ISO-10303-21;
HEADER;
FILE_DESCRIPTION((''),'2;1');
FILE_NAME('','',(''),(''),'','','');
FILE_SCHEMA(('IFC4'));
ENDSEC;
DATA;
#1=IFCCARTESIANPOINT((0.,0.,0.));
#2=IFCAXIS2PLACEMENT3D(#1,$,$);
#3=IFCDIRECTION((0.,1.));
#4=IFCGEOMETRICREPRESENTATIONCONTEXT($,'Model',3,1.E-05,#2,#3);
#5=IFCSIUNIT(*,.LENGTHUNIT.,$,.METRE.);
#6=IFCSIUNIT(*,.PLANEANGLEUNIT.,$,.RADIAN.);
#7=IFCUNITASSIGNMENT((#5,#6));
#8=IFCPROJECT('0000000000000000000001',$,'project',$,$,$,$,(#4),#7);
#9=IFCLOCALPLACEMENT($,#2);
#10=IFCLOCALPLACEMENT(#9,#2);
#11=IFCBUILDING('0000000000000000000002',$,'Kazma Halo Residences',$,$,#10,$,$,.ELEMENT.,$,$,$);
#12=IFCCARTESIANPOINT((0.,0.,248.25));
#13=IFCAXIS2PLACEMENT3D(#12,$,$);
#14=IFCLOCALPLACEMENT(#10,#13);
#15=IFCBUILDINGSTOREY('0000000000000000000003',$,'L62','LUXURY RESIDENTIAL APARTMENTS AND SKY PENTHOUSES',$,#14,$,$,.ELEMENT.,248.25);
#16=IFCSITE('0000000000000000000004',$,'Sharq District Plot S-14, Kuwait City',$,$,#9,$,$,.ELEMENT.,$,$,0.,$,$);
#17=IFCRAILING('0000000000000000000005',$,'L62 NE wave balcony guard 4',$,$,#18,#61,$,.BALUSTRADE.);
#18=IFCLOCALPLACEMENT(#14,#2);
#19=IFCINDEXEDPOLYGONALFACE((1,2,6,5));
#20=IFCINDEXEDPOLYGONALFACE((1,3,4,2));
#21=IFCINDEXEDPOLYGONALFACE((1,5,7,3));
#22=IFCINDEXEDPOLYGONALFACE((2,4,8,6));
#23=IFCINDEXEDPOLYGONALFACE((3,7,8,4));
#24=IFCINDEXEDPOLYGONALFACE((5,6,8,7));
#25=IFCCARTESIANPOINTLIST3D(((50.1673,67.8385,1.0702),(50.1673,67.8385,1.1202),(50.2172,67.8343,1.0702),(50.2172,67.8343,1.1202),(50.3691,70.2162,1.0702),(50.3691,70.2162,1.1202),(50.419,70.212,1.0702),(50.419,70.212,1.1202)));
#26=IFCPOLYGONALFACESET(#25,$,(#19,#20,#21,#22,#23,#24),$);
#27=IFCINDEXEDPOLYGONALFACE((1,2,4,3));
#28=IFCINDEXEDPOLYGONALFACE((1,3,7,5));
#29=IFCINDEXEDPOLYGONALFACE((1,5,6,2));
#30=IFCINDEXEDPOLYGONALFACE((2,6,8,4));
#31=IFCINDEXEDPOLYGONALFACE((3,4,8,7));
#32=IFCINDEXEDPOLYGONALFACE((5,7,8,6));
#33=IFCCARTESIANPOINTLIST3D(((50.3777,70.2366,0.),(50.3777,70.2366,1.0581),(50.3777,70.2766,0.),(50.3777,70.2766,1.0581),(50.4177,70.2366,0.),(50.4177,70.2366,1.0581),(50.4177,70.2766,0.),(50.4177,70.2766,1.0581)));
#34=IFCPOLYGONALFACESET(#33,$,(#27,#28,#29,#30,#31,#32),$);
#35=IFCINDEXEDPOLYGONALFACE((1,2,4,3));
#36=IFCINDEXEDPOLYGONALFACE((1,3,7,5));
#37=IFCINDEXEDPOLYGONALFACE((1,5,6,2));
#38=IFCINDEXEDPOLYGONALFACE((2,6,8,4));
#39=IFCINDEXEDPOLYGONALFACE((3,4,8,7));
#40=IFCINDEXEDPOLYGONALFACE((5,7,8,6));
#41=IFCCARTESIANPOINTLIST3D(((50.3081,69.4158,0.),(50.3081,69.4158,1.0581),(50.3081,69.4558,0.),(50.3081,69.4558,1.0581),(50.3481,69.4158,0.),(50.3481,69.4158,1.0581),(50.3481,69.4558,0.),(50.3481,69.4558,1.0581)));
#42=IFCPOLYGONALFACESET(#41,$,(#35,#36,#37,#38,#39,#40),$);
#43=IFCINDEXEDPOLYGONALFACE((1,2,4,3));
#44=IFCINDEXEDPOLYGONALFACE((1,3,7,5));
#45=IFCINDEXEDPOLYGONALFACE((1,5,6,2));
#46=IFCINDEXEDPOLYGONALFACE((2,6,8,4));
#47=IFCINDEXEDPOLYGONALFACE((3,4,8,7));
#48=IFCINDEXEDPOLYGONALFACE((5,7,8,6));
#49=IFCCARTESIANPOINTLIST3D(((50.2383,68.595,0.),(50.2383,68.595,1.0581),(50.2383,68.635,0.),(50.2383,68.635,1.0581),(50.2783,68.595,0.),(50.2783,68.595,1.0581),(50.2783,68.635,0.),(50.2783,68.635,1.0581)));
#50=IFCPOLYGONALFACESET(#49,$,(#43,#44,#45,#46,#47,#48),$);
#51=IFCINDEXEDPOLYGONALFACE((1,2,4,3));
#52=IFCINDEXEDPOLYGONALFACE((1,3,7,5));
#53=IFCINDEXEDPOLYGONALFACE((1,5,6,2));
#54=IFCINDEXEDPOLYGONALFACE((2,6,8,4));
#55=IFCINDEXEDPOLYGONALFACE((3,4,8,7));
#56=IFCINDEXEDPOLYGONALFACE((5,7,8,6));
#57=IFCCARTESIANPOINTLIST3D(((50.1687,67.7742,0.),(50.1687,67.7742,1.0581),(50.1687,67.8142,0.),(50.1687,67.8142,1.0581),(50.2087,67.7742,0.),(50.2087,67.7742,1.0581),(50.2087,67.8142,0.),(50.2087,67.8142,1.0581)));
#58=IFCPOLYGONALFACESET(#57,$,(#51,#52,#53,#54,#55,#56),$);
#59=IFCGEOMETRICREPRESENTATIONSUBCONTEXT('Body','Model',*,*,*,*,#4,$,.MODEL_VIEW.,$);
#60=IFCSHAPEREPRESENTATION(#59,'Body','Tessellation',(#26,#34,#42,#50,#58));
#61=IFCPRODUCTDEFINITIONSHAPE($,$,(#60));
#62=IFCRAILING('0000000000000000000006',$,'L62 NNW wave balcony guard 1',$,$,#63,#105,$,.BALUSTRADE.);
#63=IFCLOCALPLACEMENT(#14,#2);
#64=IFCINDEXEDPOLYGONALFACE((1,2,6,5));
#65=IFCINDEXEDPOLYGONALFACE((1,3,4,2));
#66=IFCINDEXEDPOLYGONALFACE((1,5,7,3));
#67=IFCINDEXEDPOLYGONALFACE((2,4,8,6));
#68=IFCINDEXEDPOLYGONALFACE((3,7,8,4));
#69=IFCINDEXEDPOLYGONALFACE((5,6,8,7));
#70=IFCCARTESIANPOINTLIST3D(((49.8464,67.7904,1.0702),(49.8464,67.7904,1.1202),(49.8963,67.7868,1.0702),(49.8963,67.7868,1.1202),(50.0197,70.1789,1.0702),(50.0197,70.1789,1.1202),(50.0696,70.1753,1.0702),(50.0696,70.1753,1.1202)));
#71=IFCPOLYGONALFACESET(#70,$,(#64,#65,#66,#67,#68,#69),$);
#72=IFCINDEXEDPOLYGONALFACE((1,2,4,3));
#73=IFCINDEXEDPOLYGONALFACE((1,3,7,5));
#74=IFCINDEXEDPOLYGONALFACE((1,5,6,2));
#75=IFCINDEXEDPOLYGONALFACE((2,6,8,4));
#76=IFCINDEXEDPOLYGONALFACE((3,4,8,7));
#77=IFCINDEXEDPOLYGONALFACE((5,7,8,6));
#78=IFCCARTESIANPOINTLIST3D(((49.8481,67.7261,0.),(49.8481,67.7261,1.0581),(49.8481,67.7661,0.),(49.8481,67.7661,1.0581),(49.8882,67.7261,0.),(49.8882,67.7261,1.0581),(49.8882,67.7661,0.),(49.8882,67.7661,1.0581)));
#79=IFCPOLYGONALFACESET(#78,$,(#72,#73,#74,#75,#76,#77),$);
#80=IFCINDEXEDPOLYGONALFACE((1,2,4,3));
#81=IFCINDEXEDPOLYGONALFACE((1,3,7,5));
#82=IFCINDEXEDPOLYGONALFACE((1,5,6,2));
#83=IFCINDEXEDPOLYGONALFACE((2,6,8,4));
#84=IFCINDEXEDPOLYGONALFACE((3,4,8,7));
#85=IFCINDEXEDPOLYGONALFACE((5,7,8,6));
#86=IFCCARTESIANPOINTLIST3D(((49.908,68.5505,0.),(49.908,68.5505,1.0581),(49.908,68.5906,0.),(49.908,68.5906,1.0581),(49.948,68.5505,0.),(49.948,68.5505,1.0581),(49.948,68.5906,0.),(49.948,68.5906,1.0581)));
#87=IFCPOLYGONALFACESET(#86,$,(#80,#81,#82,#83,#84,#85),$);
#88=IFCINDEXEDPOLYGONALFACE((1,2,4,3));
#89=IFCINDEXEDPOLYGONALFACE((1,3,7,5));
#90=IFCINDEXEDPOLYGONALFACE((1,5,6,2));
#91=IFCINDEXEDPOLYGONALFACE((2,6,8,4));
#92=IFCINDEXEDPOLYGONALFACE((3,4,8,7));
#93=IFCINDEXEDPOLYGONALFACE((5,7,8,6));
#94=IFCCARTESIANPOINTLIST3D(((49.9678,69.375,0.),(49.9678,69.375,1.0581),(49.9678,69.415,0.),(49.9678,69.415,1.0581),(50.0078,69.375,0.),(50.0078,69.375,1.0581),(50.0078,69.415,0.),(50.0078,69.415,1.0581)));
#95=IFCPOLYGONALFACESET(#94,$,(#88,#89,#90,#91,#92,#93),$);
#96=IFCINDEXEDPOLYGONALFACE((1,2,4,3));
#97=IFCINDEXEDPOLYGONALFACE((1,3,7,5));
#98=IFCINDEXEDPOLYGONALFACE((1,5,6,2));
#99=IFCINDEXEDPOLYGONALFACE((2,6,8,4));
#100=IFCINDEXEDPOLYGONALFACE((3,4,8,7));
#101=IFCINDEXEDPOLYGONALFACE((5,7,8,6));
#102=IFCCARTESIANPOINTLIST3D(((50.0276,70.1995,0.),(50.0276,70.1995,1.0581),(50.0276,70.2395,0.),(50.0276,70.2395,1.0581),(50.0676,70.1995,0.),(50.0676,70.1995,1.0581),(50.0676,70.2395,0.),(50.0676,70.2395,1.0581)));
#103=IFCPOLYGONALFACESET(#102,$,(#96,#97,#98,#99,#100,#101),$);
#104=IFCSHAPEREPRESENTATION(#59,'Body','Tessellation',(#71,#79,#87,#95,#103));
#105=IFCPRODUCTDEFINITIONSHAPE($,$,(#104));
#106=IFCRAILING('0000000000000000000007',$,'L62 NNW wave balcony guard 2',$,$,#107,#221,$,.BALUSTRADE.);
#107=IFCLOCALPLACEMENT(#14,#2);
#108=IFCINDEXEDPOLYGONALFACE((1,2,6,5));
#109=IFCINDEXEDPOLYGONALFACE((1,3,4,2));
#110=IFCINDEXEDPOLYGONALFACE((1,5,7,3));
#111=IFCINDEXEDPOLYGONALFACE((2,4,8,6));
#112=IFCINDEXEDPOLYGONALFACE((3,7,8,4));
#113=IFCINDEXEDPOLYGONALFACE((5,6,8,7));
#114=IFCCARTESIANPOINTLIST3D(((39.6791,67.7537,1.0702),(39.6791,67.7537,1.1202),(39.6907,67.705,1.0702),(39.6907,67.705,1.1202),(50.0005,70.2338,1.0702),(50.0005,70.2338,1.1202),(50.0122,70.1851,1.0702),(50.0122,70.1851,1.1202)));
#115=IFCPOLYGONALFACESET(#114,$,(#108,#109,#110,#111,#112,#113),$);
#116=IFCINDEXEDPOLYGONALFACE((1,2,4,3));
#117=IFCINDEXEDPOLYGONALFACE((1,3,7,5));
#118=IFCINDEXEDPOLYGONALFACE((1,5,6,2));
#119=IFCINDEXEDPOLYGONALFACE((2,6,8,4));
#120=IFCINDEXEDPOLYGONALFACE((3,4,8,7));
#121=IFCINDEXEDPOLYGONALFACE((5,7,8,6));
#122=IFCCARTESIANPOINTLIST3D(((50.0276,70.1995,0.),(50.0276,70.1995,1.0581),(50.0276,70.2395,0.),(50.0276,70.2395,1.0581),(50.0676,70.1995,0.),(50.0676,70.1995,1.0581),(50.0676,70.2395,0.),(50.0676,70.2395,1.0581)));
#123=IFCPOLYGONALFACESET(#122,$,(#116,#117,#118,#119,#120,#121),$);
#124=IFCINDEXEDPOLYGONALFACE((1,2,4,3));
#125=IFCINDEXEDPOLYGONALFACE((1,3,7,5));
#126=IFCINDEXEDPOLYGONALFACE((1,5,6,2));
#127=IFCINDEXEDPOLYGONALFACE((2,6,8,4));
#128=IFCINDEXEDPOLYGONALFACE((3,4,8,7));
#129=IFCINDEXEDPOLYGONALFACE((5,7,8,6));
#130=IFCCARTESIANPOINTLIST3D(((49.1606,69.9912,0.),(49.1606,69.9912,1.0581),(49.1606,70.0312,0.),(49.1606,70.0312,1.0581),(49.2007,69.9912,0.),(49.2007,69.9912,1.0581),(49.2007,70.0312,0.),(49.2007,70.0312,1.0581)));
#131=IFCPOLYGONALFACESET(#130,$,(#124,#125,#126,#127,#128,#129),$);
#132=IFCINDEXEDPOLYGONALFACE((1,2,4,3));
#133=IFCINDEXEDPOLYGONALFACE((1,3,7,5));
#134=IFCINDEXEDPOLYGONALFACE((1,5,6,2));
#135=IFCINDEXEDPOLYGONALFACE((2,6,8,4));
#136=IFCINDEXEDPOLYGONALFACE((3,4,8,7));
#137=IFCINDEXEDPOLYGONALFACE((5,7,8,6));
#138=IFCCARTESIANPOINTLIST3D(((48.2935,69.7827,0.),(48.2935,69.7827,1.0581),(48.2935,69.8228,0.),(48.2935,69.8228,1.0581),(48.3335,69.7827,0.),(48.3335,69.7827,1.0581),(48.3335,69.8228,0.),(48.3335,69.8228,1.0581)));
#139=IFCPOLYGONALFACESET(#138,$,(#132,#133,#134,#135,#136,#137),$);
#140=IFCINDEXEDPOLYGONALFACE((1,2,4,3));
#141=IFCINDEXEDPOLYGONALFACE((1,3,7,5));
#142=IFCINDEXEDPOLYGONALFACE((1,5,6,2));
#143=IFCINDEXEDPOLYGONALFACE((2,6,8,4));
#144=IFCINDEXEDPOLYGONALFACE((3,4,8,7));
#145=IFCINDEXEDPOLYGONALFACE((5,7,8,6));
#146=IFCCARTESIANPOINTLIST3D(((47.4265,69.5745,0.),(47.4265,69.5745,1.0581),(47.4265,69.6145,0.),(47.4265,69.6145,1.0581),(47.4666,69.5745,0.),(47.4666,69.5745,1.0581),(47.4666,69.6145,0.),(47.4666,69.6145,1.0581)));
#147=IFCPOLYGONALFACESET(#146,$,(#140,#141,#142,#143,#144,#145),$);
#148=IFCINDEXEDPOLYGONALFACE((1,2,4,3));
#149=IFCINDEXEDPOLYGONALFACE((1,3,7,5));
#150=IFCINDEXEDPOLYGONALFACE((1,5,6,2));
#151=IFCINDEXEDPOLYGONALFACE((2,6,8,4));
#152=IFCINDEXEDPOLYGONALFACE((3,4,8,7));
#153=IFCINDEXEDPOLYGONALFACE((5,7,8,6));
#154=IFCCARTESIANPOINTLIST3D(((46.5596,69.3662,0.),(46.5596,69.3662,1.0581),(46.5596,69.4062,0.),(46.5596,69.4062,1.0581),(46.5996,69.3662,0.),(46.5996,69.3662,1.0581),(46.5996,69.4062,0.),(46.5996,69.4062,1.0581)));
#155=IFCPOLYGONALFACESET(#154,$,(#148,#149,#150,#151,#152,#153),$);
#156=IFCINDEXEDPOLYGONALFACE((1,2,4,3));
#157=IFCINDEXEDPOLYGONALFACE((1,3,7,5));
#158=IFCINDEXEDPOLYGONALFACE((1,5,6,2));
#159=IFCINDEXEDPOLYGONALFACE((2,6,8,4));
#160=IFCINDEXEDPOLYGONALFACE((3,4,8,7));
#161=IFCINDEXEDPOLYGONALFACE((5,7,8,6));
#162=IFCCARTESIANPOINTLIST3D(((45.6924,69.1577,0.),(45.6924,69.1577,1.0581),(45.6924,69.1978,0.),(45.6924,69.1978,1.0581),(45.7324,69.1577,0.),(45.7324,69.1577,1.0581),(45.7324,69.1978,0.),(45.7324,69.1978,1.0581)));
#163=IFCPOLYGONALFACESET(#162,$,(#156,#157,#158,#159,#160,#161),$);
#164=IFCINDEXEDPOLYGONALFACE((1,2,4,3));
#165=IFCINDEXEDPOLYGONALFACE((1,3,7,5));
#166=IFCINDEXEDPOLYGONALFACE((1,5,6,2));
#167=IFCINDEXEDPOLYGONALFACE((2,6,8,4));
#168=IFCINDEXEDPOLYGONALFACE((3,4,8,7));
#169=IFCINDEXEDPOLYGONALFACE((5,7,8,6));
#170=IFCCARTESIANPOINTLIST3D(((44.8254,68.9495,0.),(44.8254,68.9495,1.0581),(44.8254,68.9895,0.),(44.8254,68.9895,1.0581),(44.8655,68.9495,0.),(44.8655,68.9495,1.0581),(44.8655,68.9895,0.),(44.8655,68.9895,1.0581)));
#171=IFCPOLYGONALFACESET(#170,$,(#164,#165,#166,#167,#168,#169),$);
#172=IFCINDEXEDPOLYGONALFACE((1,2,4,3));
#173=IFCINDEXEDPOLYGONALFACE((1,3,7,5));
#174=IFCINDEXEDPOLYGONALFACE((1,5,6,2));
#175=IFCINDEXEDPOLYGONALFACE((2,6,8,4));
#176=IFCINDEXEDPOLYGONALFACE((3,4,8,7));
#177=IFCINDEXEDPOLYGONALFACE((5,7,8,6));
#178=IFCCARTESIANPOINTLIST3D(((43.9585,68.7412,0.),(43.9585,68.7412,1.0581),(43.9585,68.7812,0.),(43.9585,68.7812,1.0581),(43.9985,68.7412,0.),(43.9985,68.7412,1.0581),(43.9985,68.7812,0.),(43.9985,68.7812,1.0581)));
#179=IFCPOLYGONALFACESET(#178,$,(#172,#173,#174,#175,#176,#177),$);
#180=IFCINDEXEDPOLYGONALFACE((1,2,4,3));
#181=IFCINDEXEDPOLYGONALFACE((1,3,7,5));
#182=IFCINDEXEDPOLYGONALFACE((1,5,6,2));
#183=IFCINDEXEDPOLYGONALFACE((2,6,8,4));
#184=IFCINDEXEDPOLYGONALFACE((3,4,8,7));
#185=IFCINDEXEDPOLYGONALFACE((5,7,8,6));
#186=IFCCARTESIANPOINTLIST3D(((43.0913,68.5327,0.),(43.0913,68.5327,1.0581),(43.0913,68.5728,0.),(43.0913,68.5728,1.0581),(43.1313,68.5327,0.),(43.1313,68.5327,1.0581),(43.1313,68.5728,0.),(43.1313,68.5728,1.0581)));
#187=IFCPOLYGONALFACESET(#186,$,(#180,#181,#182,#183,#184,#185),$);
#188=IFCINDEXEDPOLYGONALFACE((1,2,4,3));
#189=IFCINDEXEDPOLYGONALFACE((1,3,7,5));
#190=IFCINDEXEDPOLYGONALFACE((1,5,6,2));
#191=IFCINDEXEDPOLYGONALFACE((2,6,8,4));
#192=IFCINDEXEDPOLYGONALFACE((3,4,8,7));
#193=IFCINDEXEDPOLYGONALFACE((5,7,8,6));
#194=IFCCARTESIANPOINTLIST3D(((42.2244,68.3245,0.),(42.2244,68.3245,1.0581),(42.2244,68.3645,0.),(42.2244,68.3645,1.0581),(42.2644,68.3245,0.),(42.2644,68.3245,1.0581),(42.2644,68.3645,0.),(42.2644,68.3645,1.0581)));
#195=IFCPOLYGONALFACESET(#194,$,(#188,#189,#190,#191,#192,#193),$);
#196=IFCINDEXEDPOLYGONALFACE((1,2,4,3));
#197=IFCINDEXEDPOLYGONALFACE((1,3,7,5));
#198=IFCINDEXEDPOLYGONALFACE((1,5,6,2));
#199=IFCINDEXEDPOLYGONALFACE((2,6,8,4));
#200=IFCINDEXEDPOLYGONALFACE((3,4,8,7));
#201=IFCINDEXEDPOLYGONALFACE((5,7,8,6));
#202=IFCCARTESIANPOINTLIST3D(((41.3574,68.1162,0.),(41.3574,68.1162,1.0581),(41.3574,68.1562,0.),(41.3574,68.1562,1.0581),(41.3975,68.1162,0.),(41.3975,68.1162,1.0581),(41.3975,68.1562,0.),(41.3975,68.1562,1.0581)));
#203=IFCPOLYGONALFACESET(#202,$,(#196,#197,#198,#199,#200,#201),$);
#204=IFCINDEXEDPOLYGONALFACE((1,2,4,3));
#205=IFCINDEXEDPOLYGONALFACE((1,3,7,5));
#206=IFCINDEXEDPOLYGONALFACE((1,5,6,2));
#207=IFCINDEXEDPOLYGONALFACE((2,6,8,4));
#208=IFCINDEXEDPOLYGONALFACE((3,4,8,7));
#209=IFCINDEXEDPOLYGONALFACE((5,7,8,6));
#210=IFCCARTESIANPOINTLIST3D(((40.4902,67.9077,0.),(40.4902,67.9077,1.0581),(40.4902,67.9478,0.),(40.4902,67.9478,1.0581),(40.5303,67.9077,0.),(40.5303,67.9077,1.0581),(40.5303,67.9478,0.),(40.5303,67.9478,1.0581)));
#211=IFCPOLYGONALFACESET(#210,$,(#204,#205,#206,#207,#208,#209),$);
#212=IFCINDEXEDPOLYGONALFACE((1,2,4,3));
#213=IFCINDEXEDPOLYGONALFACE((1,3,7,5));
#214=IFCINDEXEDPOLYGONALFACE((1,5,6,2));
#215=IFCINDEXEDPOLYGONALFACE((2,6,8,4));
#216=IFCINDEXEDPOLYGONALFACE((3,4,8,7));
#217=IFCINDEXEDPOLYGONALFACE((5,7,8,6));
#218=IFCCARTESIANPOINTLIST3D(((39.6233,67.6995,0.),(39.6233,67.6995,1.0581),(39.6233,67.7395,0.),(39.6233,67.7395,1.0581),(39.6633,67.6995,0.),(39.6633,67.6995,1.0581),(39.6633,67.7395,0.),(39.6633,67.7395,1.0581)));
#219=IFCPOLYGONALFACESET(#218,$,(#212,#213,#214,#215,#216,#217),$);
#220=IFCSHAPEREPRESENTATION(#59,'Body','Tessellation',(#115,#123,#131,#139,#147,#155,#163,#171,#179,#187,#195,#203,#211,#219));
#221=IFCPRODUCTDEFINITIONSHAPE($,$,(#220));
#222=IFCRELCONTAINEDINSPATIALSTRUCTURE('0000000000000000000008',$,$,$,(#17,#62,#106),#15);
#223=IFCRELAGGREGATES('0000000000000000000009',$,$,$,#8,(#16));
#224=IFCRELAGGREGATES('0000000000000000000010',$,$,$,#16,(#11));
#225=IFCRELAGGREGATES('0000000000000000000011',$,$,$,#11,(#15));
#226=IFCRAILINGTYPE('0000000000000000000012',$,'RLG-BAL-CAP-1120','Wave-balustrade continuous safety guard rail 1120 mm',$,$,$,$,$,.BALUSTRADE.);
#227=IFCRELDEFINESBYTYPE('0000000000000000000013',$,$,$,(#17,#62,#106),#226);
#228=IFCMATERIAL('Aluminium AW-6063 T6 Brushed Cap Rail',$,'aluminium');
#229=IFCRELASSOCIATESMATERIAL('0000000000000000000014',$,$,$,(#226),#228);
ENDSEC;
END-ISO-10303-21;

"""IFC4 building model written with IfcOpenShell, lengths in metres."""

from ifc_helpers import new_model, si_unit, direction, frame, origin, origin_2d, place, context, subcontext, project, spatial, rectangle, extrude, material, type_object, element, save


model = new_model("IFC4")

# Units and contexts
model_context = context("Model", 3, precision=1e-05, world=origin(), true_north=direction((0.0, 1.0)))
body_context = subcontext(model_context, "Body", "Model", "MODEL_VIEW")
ifc_project = project(units=[si_unit("LENGTHUNIT", "METRE"), si_unit("PLANEANGLEUNIT", "RADIAN")], contexts=[model_context])

# Site, building, storey
site_placement = place(None, origin())
site = spatial("IfcSite", under=ifc_project, at=site_placement, Name="Sharq District Plot S-14, Kuwait City", CompositionType="ELEMENT", RefElevation=0.0)
building_placement = place(site_placement, origin())
building = spatial("IfcBuilding", under=site, at=building_placement, Name="Kazma Halo Residences", CompositionType="ELEMENT")
storey_placement = place(building_placement, frame((0.0, 0.0, 248.25)))
storey = spatial("IfcBuildingStorey", under=building, at=storey_placement, Name="L62", Description="LUXURY RESIDENTIAL APARTMENTS AND SKY PENTHOUSES", CompositionType="ELEMENT", Elevation=248.25)

# Railings
ifc_material_1 = material(Name="Aluminium AW-6063 T6 Brushed Cap Rail", Category="aluminium")
railing_type = type_object("IfcRailingType", Name="RLG-BAL-CAP-1120", Description="Wave-balustrade continuous safety guard rail 1120 mm", PredefinedType="BALUSTRADE", material=ifc_material_1)
railing_1_placement = place(storey_placement, frame((50.3977, 70.2566, 0.0)))
element("IfcRailing", 1, at=railing_1_placement, inside=storey, type_object=railing_type, Name="L62 NE wave balcony guard 4", PredefinedType="BALUSTRADE", context=body_context, shape_type="SweptSolid", body=[
    extrude(rectangle(XDim=0.05, YDim=0.05, at=origin_2d()), frame((-0.0037, -0.0425, 1.0952), z_axis=(-0.084566, -0.996418, 0.0), x_axis=(0.996418, -0.084566, 0.0)), (0.0, 0.0, 1.0), 2.3862),
    extrude(rectangle(XDim=0.04, YDim=0.04, at=origin_2d()), origin(), (0.0, 0.0, 1.0), 1.0581),
    extrude(rectangle(XDim=0.04, YDim=0.04, at=origin_2d()), frame((-0.0696, -0.8208, 0.0)), (0.0, 0.0, 1.0), 1.0581),
    extrude(rectangle(XDim=0.04, YDim=0.04, at=origin_2d()), frame((-0.1394, -1.6416, 0.0)), (0.0, 0.0, 1.0), 1.0581),
    extrude(rectangle(XDim=0.04, YDim=0.04, at=origin_2d()), frame((-0.209, -2.4624, 0.0)), (0.0, 0.0, 1.0), 1.0581),
])
railing_2_placement = place(storey_placement, frame((49.8682, 67.7461, 0.0)))
element("IfcRailing", 2, at=railing_2_placement, inside=storey, type_object=railing_type, Name="L62 NNW wave balcony guard 1", PredefinedType="BALUSTRADE", context=body_context, shape_type="SweptSolid", body=[
    extrude(rectangle(XDim=0.05, YDim=0.05, at=origin_2d()), frame((0.0032, 0.0425, 1.0952), z_axis=(0.072359, 0.997379, 0.0), x_axis=(-0.997379, 0.072359, 0.0)), (0.0, 0.0, 1.0), 2.3948),
    extrude(rectangle(XDim=0.04, YDim=0.04, at=origin_2d()), origin(), (0.0, 0.0, 1.0), 1.0581),
    extrude(rectangle(XDim=0.04, YDim=0.04, at=origin_2d()), frame((0.0598, 0.8245, 0.0)), (0.0, 0.0, 1.0), 1.0581),
    extrude(rectangle(XDim=0.04, YDim=0.04, at=origin_2d()), frame((0.1196, 1.6489, 0.0)), (0.0, 0.0, 1.0), 1.0581),
    extrude(rectangle(XDim=0.04, YDim=0.04, at=origin_2d()), frame((0.1794, 2.4734, 0.0)), (0.0, 0.0, 1.0), 1.0581),
])
railing_3_placement = place(storey_placement, frame((50.0476, 70.2195, 0.0)))
element("IfcRailing", 3, at=railing_3_placement, inside=storey, type_object=railing_type, Name="L62 NNW wave balcony guard 2", PredefinedType="BALUSTRADE", context=body_context, shape_type="SweptSolid", body=[
    extrude(rectangle(XDim=0.05, YDim=0.05, at=origin_2d()), frame((-0.0413, -0.01, 1.0952), z_axis=(-0.972324, -0.233635, 0.0), x_axis=(0.233635, -0.972324, 0.0)), (0.0, 0.0, 1.0), 10.6152),
    extrude(rectangle(XDim=0.04, YDim=0.04, at=origin_2d()), origin(), (0.0, 0.0, 1.0), 1.0581),
    extrude(rectangle(XDim=0.04, YDim=0.04, at=origin_2d()), frame((-0.8669, -0.2083, 0.0)), (0.0, 0.0, 1.0), 1.0581),
    extrude(rectangle(XDim=0.04, YDim=0.04, at=origin_2d()), frame((-1.7341, -0.4167, 0.0)), (0.0, 0.0, 1.0), 1.0581),
    extrude(rectangle(XDim=0.04, YDim=0.04, at=origin_2d()), frame((-2.6011, -0.625, 0.0)), (0.0, 0.0, 1.0), 1.0581),
    extrude(rectangle(XDim=0.04, YDim=0.04, at=origin_2d()), frame((-3.468, -0.8333, 0.0)), (0.0, 0.0, 1.0), 1.0581),
    extrude(rectangle(XDim=0.04, YDim=0.04, at=origin_2d()), frame((-4.3352, -1.0417, 0.0)), (0.0, 0.0, 1.0), 1.0581),
    extrude(rectangle(XDim=0.04, YDim=0.04, at=origin_2d()), frame((-5.2021, -1.25, 0.0)), (0.0, 0.0, 1.0), 1.0581),
    extrude(rectangle(XDim=0.04, YDim=0.04, at=origin_2d()), frame((-6.0691, -1.4583, 0.0)), (0.0, 0.0, 1.0), 1.0581),
    extrude(rectangle(XDim=0.04, YDim=0.04, at=origin_2d()), frame((-6.9363, -1.6667, 0.0)), (0.0, 0.0, 1.0), 1.0581),
    extrude(rectangle(XDim=0.04, YDim=0.04, at=origin_2d()), frame((-7.8032, -1.875, 0.0)), (0.0, 0.0, 1.0), 1.0581),
    extrude(rectangle(XDim=0.04, YDim=0.04, at=origin_2d()), frame((-8.6702, -2.0833, 0.0)), (0.0, 0.0, 1.0), 1.0581),
    extrude(rectangle(XDim=0.04, YDim=0.04, at=origin_2d()), frame((-9.5374, -2.2917, 0.0)), (0.0, 0.0, 1.0), 1.0581),
    extrude(rectangle(XDim=0.04, YDim=0.04, at=origin_2d()), frame((-10.4043, -2.5, 0.0)), (0.0, 0.0, 1.0), 1.0581),
])

save(model, "model.ifc")
